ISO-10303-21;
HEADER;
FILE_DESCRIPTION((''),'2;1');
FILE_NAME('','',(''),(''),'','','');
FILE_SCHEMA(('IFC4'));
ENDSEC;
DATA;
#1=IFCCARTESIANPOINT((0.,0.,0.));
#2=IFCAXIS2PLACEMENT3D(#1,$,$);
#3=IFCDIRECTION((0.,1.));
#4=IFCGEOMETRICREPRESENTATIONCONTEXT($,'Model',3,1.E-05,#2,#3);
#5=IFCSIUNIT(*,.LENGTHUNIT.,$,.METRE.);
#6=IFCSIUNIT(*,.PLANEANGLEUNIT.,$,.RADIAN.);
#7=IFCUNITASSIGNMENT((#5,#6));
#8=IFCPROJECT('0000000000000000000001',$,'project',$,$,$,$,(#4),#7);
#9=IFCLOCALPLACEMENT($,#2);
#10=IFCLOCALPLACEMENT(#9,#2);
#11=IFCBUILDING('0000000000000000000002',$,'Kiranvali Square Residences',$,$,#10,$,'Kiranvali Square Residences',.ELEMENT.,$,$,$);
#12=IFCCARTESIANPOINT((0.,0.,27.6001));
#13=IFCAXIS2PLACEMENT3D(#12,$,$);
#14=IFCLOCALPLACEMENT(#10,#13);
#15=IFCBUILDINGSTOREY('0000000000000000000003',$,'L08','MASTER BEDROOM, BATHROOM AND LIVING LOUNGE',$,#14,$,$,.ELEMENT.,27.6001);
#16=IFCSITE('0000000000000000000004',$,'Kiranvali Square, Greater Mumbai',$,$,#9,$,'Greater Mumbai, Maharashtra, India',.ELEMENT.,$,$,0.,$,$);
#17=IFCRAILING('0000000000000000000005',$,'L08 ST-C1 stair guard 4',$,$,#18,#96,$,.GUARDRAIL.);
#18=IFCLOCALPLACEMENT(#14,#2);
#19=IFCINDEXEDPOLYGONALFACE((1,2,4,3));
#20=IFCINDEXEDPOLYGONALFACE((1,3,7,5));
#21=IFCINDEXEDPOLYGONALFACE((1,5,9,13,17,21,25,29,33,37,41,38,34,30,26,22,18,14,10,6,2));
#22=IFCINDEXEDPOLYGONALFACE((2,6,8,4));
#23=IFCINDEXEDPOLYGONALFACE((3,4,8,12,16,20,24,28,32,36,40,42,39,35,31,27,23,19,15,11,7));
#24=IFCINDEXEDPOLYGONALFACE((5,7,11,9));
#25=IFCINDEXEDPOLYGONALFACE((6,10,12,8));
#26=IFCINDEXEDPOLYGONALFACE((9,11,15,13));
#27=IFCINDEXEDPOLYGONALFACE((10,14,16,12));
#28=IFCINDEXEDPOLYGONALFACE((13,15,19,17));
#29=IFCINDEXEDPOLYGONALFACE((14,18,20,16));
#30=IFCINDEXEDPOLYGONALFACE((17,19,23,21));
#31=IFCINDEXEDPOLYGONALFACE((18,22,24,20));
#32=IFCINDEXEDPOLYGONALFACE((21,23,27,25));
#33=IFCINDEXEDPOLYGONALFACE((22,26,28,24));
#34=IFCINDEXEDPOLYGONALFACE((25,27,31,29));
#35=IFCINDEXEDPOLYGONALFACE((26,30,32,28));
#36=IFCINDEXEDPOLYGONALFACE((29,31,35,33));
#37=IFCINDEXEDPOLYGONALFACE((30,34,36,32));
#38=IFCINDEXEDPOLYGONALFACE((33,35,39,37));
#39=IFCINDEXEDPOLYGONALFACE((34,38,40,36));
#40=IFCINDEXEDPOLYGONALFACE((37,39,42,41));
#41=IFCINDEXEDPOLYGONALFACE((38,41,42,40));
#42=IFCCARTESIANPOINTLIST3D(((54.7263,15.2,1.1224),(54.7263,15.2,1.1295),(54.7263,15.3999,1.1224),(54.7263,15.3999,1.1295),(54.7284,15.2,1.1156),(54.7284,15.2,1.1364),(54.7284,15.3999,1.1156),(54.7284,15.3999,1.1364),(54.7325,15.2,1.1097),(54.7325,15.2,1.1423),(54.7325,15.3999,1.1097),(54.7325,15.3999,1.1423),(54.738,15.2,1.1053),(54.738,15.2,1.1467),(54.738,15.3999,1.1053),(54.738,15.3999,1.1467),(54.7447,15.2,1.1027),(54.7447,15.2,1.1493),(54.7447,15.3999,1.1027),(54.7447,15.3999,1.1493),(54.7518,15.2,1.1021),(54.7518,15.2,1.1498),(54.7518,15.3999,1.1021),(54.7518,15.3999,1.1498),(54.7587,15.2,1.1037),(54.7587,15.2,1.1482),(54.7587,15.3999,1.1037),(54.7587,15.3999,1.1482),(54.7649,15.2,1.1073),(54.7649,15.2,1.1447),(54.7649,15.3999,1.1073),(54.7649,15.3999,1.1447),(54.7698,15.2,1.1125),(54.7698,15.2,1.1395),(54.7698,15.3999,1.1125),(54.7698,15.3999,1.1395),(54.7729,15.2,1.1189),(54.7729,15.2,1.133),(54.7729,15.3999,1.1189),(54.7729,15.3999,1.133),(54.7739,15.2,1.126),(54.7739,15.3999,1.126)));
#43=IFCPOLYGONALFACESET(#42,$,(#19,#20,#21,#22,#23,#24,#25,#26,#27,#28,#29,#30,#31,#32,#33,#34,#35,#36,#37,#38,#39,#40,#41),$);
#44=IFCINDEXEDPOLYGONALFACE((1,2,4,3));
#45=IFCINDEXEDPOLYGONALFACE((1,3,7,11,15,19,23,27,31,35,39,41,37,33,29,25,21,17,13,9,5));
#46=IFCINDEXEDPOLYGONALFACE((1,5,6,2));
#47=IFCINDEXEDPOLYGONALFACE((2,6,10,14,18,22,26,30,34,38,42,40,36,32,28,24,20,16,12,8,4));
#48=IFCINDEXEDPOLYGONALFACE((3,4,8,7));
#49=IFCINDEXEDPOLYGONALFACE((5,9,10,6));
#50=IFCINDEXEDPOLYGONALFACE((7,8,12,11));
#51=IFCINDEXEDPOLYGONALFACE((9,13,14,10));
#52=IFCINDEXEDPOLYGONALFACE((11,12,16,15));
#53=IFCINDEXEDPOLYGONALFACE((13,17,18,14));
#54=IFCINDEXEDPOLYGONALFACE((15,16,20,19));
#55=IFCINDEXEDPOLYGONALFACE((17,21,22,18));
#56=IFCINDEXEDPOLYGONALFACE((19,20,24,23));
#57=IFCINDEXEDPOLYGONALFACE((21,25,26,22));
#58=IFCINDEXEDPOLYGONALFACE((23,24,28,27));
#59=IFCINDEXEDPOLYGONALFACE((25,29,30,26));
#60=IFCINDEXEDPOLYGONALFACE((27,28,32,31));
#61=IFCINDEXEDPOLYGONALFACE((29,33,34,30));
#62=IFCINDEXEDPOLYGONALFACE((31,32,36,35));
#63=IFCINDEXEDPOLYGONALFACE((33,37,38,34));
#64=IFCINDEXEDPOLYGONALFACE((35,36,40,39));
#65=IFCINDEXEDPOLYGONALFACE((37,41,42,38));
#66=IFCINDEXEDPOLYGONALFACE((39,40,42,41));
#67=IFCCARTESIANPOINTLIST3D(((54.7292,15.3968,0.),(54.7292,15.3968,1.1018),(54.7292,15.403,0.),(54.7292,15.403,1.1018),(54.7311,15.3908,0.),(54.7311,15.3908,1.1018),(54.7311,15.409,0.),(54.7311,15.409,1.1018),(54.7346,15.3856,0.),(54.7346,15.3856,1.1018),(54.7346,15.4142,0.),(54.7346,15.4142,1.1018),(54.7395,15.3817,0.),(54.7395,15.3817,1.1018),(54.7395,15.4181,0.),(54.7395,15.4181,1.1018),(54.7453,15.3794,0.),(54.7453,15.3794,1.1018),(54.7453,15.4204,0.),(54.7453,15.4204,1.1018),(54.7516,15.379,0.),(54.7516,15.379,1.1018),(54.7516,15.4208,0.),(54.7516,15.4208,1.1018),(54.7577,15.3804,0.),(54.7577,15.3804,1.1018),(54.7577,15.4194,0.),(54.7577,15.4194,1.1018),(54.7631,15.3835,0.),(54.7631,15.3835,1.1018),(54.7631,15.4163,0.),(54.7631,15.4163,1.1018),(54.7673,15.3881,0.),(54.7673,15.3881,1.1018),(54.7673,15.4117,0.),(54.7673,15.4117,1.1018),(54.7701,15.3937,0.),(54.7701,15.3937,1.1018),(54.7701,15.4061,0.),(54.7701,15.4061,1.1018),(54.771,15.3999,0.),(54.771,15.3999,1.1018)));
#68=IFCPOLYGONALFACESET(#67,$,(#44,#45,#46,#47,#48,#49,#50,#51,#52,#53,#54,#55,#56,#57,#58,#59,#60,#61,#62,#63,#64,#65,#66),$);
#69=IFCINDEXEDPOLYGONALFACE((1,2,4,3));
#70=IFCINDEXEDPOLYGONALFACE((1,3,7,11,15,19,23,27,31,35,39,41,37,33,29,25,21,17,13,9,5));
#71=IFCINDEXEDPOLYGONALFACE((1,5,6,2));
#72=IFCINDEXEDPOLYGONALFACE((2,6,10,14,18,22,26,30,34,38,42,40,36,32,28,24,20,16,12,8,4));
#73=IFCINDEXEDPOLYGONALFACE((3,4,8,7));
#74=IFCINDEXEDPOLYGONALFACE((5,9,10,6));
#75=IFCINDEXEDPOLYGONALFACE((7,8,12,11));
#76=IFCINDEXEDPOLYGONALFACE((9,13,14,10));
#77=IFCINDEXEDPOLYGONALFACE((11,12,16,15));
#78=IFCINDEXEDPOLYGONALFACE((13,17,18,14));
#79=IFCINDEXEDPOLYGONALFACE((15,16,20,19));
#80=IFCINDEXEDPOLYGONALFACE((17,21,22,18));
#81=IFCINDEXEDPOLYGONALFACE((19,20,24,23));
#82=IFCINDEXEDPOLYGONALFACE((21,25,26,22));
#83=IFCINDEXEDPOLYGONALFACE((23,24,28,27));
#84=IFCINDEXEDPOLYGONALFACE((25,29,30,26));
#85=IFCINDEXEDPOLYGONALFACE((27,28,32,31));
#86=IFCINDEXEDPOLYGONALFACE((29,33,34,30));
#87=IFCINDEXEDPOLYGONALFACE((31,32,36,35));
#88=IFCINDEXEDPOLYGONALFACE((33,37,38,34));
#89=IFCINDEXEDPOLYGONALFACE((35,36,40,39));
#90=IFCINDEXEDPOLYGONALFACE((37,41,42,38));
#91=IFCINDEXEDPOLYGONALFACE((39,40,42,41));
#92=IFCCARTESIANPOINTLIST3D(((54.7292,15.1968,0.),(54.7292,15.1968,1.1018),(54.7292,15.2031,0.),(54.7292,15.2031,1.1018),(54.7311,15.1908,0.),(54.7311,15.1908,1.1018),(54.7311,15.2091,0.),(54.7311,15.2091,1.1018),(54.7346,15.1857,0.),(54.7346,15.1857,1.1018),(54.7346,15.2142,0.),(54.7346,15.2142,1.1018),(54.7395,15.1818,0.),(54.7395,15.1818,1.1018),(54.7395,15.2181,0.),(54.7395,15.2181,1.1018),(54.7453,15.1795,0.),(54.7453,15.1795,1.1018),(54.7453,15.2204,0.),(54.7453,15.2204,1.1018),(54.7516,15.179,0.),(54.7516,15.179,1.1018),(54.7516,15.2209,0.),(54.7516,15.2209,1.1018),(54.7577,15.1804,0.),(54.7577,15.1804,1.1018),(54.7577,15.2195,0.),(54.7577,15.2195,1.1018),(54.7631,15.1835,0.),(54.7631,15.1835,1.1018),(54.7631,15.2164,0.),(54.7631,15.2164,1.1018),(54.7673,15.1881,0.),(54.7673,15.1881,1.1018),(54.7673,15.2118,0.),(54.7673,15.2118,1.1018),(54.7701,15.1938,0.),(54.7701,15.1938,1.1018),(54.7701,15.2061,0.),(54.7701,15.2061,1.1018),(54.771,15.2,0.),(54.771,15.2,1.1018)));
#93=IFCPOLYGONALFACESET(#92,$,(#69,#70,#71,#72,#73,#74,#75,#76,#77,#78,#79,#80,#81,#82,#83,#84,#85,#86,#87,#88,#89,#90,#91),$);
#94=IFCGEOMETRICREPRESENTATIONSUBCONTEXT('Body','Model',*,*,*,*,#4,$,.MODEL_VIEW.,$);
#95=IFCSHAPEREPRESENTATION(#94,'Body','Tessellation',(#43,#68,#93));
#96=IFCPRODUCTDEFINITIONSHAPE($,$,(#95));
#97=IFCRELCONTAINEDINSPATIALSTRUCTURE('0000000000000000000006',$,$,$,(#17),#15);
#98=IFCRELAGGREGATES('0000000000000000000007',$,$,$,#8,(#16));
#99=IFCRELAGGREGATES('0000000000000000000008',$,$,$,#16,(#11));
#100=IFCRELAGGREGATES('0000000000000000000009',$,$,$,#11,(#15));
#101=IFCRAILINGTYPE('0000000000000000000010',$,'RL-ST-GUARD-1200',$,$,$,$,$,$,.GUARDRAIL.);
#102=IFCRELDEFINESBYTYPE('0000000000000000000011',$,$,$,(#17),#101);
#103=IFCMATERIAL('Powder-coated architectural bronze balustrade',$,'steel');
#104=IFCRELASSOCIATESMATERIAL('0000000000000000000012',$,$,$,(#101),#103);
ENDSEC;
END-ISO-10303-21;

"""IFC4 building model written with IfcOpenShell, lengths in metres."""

from ifc_helpers import new_model, si_unit, direction, frame, origin, origin_2d, place, context, subcontext, project, spatial, circle, extrude, material, type_object, element, save


model = new_model("IFC4")

# Units and contexts
model_context = context("Model", 3, precision=1e-05, world=origin(), true_north=direction((0.0, 1.0)))
body_context = subcontext(model_context, "Body", "Model", "MODEL_VIEW")
ifc_project = project(units=[si_unit("LENGTHUNIT", "METRE"), si_unit("PLANEANGLEUNIT", "RADIAN")], contexts=[model_context])

# Site, building, storey
site_placement = place(None, origin())
site = spatial("IfcSite", under=ifc_project, at=site_placement, Name="Kiranvali Square, Greater Mumbai", LongName="Greater Mumbai, Maharashtra, India", CompositionType="ELEMENT", RefElevation=0.0)
building_placement = place(site_placement, origin())
building = spatial("IfcBuilding", under=site, at=building_placement, Name="Kiranvali Square Residences", LongName="Kiranvali Square Residences", CompositionType="ELEMENT")
storey_placement = place(building_placement, frame((0.0, 0.0, 27.6001)))
storey = spatial("IfcBuildingStorey", under=building, at=storey_placement, Name="L08", Description="MASTER BEDROOM, BATHROOM AND LIVING LOUNGE", CompositionType="ELEMENT", Elevation=27.6001)

# Railing
ifc_material_1 = material(Name="Powder-coated architectural bronze balustrade", Category="steel")
railing_type_1 = type_object("IfcRailingType", Name="RL-ST-GUARD-1200", PredefinedType="GUARDRAIL", material=ifc_material_1)
railing_1_placement = place(storey_placement, frame((54.75, 15.3999, 0.0)))
element("IfcRailing", 1, at=railing_1_placement, inside=storey, type_object=railing_type_1, Name="L08 ST-C1 stair guard 4", PredefinedType="GUARDRAIL", context=body_context, shape_type="SweptSolid", body=[
    extrude(circle(Radius=0.0239, at=origin_2d()), frame((0.0, 0.0, 1.126), z_axis=(0.0, -1.0, 0.0), x_axis=(1.0, 0.0, 0.0)), (0.0, 0.0, 1.0), 0.2),
    extrude(circle(Radius=0.021, at=origin_2d()), origin(), (0.0, 0.0, 1.0), 1.1018),
    extrude(circle(Radius=0.021, at=origin_2d()), frame((0.0, -0.2, 0.0)), (0.0, 0.0, 1.0), 1.1018),
])

save(model, "model.ifc")
